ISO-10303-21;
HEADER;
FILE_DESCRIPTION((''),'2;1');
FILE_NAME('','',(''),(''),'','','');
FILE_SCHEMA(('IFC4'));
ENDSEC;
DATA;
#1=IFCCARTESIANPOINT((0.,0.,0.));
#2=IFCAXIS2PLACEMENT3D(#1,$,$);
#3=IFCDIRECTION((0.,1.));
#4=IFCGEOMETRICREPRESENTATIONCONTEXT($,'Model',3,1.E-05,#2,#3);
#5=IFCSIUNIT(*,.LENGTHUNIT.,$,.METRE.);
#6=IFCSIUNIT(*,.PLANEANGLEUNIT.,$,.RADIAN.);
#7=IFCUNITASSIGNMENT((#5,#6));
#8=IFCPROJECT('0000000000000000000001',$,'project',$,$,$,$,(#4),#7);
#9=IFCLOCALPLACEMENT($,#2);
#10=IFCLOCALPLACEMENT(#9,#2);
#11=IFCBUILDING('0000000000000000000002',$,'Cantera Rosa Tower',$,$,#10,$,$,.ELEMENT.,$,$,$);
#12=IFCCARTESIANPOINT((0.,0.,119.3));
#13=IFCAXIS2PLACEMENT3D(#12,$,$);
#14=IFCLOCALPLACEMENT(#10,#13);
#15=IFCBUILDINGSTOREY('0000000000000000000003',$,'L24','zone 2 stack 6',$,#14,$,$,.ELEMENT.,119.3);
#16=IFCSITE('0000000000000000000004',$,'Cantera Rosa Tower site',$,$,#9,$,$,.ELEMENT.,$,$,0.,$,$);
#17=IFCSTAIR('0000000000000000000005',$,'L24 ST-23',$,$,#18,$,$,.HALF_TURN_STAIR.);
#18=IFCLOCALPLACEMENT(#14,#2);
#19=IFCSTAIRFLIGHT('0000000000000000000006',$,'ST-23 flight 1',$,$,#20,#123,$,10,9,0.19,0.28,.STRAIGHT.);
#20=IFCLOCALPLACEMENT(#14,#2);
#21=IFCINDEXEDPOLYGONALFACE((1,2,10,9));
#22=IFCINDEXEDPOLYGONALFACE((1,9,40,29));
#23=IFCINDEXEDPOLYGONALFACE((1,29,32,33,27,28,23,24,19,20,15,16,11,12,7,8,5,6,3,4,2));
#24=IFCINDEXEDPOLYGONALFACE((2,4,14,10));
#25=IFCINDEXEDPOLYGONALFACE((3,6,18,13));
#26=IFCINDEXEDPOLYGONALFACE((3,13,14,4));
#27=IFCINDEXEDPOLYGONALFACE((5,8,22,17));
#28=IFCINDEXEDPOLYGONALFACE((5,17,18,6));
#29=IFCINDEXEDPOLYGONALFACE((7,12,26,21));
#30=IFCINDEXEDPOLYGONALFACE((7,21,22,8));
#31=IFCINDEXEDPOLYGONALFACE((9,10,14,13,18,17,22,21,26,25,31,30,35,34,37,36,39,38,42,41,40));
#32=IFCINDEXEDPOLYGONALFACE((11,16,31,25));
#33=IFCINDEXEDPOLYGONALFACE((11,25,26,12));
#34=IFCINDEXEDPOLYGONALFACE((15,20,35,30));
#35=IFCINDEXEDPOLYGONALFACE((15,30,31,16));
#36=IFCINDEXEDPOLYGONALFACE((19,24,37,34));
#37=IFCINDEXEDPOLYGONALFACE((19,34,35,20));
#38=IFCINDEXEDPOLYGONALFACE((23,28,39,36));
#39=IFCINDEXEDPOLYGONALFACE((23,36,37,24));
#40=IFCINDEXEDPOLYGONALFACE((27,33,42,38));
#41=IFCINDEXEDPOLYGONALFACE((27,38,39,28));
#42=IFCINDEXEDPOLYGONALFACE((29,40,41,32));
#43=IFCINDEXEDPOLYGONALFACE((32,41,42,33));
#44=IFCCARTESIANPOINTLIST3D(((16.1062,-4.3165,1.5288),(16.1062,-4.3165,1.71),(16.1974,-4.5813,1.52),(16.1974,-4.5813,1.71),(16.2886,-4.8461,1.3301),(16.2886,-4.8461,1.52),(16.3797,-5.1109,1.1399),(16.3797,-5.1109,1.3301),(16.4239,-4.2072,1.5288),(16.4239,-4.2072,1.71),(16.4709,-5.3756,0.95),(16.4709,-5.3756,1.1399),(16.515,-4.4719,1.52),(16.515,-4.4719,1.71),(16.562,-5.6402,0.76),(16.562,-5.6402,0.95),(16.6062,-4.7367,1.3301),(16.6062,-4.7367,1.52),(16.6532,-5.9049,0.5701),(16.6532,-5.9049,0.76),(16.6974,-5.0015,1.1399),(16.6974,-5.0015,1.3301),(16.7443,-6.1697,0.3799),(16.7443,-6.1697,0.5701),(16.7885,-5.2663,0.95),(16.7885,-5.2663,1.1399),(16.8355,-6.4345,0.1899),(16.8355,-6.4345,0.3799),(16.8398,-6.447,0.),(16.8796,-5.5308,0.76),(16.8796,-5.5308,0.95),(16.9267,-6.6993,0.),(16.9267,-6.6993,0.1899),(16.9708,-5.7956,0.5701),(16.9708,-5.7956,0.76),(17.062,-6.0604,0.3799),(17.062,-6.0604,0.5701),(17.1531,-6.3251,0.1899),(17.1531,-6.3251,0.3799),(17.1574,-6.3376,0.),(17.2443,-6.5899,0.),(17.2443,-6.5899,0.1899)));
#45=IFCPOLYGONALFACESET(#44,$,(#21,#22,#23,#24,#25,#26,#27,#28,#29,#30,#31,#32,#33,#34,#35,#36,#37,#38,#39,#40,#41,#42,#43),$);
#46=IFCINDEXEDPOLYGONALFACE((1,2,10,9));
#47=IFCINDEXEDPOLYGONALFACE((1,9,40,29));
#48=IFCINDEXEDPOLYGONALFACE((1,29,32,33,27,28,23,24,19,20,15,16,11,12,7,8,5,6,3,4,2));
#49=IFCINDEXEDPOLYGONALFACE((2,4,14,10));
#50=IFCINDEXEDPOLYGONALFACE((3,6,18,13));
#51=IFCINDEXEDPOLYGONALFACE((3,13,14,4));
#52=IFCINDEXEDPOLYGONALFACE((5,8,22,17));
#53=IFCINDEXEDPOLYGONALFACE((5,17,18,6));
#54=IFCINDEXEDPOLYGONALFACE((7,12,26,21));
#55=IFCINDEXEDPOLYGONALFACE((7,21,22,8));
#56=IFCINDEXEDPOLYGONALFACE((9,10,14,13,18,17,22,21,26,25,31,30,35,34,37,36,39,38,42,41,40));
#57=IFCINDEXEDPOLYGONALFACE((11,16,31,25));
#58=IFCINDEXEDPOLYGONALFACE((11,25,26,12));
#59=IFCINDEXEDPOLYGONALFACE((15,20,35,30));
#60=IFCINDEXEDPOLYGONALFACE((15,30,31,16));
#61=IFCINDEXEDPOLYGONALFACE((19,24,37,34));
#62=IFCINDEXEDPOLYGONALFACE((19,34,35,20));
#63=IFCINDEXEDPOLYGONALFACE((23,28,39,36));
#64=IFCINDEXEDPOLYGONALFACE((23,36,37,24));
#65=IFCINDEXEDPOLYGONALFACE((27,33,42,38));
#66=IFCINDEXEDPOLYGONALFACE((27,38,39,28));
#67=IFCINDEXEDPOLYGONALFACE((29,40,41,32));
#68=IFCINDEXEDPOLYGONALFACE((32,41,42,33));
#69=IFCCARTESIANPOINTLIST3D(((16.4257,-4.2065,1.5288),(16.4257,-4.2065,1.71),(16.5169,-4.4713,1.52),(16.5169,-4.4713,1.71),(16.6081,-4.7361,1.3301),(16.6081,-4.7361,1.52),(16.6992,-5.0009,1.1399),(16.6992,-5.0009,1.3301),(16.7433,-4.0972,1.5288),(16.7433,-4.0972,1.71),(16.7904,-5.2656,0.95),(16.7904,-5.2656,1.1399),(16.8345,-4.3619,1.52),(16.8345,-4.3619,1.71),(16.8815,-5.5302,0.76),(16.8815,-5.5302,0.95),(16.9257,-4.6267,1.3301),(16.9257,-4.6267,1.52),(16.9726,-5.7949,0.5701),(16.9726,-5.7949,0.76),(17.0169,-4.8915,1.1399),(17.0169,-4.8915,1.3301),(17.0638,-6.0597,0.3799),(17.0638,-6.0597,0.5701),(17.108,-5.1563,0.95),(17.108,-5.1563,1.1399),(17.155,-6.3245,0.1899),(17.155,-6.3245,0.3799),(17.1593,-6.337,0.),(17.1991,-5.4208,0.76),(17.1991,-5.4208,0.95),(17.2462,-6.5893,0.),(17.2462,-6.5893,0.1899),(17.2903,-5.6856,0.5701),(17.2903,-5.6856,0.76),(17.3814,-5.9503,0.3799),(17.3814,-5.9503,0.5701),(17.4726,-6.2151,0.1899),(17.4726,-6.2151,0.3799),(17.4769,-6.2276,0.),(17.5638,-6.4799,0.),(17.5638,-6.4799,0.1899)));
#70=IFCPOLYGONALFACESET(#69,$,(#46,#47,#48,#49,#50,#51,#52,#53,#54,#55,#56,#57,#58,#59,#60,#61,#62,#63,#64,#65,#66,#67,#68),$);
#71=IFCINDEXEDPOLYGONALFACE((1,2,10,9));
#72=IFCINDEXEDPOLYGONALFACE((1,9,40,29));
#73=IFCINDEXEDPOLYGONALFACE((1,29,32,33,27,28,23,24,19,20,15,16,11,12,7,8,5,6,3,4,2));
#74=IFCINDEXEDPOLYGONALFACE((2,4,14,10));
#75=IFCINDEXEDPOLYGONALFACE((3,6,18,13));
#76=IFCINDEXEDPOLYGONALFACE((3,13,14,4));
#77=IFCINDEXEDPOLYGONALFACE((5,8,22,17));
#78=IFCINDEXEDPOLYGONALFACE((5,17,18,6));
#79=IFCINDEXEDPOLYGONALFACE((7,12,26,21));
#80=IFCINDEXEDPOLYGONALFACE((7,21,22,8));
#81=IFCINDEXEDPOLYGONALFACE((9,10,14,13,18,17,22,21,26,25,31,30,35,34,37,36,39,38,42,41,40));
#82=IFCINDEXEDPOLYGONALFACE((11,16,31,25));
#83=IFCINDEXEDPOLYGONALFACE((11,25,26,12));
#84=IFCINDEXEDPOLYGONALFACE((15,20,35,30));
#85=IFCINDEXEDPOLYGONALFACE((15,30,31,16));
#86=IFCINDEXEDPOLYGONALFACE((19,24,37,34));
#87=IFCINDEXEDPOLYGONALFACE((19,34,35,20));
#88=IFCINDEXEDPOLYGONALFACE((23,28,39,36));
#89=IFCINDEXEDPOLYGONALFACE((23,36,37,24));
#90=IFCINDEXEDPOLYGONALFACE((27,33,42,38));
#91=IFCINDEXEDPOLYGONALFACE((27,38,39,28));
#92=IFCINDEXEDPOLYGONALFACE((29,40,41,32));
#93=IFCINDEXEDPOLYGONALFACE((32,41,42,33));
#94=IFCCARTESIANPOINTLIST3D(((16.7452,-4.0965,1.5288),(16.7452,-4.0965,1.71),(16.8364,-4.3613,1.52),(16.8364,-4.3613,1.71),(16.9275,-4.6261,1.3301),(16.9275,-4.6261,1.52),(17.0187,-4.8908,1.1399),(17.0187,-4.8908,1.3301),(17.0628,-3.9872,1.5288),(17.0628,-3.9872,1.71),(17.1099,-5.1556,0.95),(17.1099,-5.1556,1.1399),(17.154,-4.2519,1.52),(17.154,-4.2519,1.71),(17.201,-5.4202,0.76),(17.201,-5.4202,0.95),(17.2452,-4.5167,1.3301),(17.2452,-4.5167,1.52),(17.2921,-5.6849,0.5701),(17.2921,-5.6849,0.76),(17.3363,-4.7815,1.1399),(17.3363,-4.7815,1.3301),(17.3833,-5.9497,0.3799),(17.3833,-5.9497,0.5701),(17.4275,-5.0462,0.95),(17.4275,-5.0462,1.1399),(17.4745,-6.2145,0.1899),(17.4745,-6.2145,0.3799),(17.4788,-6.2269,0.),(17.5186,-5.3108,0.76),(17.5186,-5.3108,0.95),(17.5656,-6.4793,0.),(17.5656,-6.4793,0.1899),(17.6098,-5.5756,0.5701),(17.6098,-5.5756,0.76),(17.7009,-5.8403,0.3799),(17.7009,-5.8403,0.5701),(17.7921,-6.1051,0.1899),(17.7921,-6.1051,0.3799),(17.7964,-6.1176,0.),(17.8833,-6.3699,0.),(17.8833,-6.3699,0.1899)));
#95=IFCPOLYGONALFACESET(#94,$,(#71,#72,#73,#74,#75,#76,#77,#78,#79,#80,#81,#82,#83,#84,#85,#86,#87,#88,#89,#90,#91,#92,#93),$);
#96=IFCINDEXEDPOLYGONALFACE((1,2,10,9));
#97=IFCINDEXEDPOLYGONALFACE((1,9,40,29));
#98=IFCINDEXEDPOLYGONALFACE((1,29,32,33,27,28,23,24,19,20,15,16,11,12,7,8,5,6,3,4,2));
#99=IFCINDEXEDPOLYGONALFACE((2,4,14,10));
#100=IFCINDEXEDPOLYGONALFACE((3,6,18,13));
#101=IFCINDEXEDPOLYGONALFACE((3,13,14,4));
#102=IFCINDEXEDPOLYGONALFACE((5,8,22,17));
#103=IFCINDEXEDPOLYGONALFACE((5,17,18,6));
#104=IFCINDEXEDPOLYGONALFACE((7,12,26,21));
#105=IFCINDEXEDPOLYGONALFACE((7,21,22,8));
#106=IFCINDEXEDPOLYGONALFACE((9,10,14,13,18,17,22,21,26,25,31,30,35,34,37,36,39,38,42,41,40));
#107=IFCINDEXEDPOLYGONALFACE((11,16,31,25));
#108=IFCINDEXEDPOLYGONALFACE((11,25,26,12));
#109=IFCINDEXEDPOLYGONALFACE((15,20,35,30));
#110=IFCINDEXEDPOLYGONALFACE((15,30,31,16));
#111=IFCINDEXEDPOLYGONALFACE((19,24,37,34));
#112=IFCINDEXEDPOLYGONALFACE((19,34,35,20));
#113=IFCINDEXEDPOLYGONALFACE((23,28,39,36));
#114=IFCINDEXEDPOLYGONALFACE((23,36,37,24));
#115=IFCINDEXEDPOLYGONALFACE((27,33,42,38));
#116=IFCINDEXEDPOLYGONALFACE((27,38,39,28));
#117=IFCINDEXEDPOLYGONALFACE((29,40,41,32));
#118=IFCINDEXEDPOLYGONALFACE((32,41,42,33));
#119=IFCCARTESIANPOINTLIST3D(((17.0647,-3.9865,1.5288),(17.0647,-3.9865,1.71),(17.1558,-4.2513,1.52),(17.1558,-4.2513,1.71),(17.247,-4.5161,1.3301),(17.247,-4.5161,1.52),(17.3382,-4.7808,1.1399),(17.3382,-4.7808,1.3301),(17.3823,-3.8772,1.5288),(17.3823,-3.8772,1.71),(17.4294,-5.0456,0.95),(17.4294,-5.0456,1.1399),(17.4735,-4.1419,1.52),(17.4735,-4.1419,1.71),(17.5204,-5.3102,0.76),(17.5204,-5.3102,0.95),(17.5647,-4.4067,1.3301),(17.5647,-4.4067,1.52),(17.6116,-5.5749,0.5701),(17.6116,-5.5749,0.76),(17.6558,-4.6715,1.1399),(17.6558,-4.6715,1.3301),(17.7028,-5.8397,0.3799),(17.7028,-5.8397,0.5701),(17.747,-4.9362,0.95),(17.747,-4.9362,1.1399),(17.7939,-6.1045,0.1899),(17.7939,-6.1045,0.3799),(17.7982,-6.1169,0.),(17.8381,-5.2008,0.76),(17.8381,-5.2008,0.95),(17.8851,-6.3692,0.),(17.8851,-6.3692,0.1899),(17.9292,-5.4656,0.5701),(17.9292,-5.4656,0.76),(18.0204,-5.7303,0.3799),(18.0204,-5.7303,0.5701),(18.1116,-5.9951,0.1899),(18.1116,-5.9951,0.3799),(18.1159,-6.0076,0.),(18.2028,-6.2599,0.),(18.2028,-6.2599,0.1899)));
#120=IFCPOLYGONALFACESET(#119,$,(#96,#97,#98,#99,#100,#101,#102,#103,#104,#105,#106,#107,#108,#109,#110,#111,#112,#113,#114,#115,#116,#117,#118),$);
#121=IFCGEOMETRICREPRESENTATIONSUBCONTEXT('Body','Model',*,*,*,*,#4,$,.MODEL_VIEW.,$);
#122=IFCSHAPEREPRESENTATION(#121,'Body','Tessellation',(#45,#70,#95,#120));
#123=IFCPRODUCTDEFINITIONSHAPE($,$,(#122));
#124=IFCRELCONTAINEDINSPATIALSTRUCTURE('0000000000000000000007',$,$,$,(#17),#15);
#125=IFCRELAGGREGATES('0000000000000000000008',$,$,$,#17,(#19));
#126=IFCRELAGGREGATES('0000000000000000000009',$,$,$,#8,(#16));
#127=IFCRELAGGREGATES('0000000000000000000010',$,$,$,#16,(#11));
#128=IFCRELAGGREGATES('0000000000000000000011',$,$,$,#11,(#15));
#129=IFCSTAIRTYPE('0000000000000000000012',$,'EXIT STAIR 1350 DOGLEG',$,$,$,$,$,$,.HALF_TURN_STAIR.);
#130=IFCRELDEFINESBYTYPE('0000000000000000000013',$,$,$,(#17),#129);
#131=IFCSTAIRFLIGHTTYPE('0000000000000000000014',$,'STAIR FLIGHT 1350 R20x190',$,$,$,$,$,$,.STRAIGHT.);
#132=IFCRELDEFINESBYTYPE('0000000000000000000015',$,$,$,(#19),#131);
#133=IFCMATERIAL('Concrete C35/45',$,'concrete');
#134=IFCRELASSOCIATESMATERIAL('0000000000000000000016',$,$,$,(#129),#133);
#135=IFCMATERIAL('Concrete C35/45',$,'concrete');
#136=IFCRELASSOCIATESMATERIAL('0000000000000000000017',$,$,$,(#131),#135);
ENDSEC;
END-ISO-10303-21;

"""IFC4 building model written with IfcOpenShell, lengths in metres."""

from ifc_helpers import new_model, si_unit, direction, frame, origin, place, context, subcontext, project, spatial, polyline, outline, extrude, material, type_object, element, aggregate, save


model = new_model("IFC4")

# Units and contexts
model_context = context("Model", 3, precision=1e-05, world=origin(), true_north=direction((0.0, 1.0)))
body_context = subcontext(model_context, "Body", "Model", "MODEL_VIEW")
ifc_project = project(units=[si_unit("LENGTHUNIT", "METRE"), si_unit("PLANEANGLEUNIT", "RADIAN")], contexts=[model_context])

# Site, building, storey
site_placement = place(None, origin())
site = spatial("IfcSite", under=ifc_project, at=site_placement, Name="Cantera Rosa Tower site", CompositionType="ELEMENT", RefElevation=0.0)
building_placement = place(site_placement, origin())
building = spatial("IfcBuilding", under=site, at=building_placement, Name="Cantera Rosa Tower", CompositionType="ELEMENT")
storey_placement = place(building_placement, frame((0.0, 0.0, 119.3)))
storey = spatial("IfcBuildingStorey", under=building, at=storey_placement, Name="L24", Description="zone 2 stack 6", CompositionType="ELEMENT", Elevation=119.3)

# Stair, stair flight
ifc_material_1 = material(Name="Concrete C35/45", Category="concrete")
stair_type = type_object("IfcStairType", Name="EXIT STAIR 1350 DOGLEG", PredefinedType="HALF_TURN_STAIR", material=ifc_material_1)
stair_placement = place(storey_placement, origin())
stair = element("IfcStair", 1, at=stair_placement, inside=storey, type_object=stair_type, Name="L24 ST-23", PredefinedType="HALF_TURN_STAIR")
ifc_material_2 = material(Name="Concrete C35/45", Category="concrete")
stair_flight_type = type_object("IfcStairFlightType", Name="STAIR FLIGHT 1350 R20x190", PredefinedType="STRAIGHT", material=ifc_material_2)
stair_flight_1_placement = place(storey_placement, frame((17.5649, -6.4795, 0.0), z_axis=(0.0, 0.0, 1.0), x_axis=(-0.325568, 0.945519, 0.0)))
stair_flight_1 = element("IfcStairFlight", 2, at=stair_flight_1_placement, type_object=stair_flight_type, Name="ST-23 flight 1", NumberOfRisers=10, NumberOfTreads=9, PredefinedType="STRAIGHT", RiserHeight=0.19, TreadLength=0.28, context=body_context, shape_type="SweptSolid", body=[
    extrude(outline(polyline([(0.0, 0.0), (0.0, 0.1899), (0.28, 0.1899), (0.28, 0.3799), (0.5601, 0.3799), (0.5601, 0.5701), (0.8401, 0.5701), (0.8401, 0.76), (1.1201, 0.76), (1.1201, 0.95), (1.3999, 0.95), (1.3999, 1.1399), (1.6799, 1.1399), (1.6799, 1.3301), (1.96, 1.3301), (1.96, 1.52), (2.24, 1.52), (2.24, 1.71), (2.52, 1.71), (2.52, 1.8999), (2.52, 1.5288), (0.2668, 0.0), (0.0, 0.0)])), frame((0.0, 0.675, 0.0), z_axis=(0.0, -1.0, 0.0), x_axis=(1.0, 0.0, 0.0)), (0.0, 0.0, 1.0), 0.3359),
    extrude(outline(polyline([(0.0, 0.0), (0.0, 0.1899), (0.28, 0.1899), (0.28, 0.3799), (0.5601, 0.3799), (0.5601, 0.5701), (0.8401, 0.5701), (0.8401, 0.76), (1.1201, 0.76), (1.1201, 0.95), (1.3999, 0.95), (1.3999, 1.1399), (1.6799, 1.1399), (1.6799, 1.3301), (1.96, 1.3301), (1.96, 1.52), (2.24, 1.52), (2.24, 1.71), (2.52, 1.71), (2.52, 1.8999), (2.52, 1.5288), (0.2668, 0.0), (0.0, 0.0)])), frame((0.0, 0.3372, 0.0), z_axis=(0.0, -1.0, 0.0), x_axis=(1.0, 0.0, 0.0)), (0.0, 0.0, 1.0), 0.3359),
    extrude(outline(polyline([(0.0, 0.0), (0.0, 0.1899), (0.28, 0.1899), (0.28, 0.3799), (0.5601, 0.3799), (0.5601, 0.5701), (0.8401, 0.5701), (0.8401, 0.76), (1.1201, 0.76), (1.1201, 0.95), (1.3999, 0.95), (1.3999, 1.1399), (1.6799, 1.1399), (1.6799, 1.3301), (1.96, 1.3301), (1.96, 1.52), (2.24, 1.52), (2.24, 1.71), (2.52, 1.71), (2.52, 1.8999), (2.52, 1.5288), (0.2668, 0.0), (0.0, 0.0)])), frame((0.0, -0.0007, 0.0), z_axis=(0.0, -1.0, 0.0), x_axis=(1.0, 0.0, 0.0)), (0.0, 0.0, 1.0), 0.3359),
    extrude(outline(polyline([(0.0, 0.0), (0.0, 0.1899), (0.28, 0.1899), (0.28, 0.3799), (0.5601, 0.3799), (0.5601, 0.5701), (0.8401, 0.5701), (0.8401, 0.76), (1.1201, 0.76), (1.1201, 0.95), (1.3999, 0.95), (1.3999, 1.1399), (1.6799, 1.1399), (1.6799, 1.3301), (1.96, 1.3301), (1.96, 1.52), (2.24, 1.52), (2.24, 1.71), (2.52, 1.71), (2.52, 1.8999), (2.52, 1.5288), (0.2668, 0.0), (0.0, 0.0)])), frame((0.0, -0.3386, 0.0), z_axis=(0.0, -1.0, 0.0), x_axis=(1.0, 0.0, 0.0)), (0.0, 0.0, 1.0), 0.3359),
])
aggregate(stair, [stair_flight_1])

save(model, "model.ifc")
